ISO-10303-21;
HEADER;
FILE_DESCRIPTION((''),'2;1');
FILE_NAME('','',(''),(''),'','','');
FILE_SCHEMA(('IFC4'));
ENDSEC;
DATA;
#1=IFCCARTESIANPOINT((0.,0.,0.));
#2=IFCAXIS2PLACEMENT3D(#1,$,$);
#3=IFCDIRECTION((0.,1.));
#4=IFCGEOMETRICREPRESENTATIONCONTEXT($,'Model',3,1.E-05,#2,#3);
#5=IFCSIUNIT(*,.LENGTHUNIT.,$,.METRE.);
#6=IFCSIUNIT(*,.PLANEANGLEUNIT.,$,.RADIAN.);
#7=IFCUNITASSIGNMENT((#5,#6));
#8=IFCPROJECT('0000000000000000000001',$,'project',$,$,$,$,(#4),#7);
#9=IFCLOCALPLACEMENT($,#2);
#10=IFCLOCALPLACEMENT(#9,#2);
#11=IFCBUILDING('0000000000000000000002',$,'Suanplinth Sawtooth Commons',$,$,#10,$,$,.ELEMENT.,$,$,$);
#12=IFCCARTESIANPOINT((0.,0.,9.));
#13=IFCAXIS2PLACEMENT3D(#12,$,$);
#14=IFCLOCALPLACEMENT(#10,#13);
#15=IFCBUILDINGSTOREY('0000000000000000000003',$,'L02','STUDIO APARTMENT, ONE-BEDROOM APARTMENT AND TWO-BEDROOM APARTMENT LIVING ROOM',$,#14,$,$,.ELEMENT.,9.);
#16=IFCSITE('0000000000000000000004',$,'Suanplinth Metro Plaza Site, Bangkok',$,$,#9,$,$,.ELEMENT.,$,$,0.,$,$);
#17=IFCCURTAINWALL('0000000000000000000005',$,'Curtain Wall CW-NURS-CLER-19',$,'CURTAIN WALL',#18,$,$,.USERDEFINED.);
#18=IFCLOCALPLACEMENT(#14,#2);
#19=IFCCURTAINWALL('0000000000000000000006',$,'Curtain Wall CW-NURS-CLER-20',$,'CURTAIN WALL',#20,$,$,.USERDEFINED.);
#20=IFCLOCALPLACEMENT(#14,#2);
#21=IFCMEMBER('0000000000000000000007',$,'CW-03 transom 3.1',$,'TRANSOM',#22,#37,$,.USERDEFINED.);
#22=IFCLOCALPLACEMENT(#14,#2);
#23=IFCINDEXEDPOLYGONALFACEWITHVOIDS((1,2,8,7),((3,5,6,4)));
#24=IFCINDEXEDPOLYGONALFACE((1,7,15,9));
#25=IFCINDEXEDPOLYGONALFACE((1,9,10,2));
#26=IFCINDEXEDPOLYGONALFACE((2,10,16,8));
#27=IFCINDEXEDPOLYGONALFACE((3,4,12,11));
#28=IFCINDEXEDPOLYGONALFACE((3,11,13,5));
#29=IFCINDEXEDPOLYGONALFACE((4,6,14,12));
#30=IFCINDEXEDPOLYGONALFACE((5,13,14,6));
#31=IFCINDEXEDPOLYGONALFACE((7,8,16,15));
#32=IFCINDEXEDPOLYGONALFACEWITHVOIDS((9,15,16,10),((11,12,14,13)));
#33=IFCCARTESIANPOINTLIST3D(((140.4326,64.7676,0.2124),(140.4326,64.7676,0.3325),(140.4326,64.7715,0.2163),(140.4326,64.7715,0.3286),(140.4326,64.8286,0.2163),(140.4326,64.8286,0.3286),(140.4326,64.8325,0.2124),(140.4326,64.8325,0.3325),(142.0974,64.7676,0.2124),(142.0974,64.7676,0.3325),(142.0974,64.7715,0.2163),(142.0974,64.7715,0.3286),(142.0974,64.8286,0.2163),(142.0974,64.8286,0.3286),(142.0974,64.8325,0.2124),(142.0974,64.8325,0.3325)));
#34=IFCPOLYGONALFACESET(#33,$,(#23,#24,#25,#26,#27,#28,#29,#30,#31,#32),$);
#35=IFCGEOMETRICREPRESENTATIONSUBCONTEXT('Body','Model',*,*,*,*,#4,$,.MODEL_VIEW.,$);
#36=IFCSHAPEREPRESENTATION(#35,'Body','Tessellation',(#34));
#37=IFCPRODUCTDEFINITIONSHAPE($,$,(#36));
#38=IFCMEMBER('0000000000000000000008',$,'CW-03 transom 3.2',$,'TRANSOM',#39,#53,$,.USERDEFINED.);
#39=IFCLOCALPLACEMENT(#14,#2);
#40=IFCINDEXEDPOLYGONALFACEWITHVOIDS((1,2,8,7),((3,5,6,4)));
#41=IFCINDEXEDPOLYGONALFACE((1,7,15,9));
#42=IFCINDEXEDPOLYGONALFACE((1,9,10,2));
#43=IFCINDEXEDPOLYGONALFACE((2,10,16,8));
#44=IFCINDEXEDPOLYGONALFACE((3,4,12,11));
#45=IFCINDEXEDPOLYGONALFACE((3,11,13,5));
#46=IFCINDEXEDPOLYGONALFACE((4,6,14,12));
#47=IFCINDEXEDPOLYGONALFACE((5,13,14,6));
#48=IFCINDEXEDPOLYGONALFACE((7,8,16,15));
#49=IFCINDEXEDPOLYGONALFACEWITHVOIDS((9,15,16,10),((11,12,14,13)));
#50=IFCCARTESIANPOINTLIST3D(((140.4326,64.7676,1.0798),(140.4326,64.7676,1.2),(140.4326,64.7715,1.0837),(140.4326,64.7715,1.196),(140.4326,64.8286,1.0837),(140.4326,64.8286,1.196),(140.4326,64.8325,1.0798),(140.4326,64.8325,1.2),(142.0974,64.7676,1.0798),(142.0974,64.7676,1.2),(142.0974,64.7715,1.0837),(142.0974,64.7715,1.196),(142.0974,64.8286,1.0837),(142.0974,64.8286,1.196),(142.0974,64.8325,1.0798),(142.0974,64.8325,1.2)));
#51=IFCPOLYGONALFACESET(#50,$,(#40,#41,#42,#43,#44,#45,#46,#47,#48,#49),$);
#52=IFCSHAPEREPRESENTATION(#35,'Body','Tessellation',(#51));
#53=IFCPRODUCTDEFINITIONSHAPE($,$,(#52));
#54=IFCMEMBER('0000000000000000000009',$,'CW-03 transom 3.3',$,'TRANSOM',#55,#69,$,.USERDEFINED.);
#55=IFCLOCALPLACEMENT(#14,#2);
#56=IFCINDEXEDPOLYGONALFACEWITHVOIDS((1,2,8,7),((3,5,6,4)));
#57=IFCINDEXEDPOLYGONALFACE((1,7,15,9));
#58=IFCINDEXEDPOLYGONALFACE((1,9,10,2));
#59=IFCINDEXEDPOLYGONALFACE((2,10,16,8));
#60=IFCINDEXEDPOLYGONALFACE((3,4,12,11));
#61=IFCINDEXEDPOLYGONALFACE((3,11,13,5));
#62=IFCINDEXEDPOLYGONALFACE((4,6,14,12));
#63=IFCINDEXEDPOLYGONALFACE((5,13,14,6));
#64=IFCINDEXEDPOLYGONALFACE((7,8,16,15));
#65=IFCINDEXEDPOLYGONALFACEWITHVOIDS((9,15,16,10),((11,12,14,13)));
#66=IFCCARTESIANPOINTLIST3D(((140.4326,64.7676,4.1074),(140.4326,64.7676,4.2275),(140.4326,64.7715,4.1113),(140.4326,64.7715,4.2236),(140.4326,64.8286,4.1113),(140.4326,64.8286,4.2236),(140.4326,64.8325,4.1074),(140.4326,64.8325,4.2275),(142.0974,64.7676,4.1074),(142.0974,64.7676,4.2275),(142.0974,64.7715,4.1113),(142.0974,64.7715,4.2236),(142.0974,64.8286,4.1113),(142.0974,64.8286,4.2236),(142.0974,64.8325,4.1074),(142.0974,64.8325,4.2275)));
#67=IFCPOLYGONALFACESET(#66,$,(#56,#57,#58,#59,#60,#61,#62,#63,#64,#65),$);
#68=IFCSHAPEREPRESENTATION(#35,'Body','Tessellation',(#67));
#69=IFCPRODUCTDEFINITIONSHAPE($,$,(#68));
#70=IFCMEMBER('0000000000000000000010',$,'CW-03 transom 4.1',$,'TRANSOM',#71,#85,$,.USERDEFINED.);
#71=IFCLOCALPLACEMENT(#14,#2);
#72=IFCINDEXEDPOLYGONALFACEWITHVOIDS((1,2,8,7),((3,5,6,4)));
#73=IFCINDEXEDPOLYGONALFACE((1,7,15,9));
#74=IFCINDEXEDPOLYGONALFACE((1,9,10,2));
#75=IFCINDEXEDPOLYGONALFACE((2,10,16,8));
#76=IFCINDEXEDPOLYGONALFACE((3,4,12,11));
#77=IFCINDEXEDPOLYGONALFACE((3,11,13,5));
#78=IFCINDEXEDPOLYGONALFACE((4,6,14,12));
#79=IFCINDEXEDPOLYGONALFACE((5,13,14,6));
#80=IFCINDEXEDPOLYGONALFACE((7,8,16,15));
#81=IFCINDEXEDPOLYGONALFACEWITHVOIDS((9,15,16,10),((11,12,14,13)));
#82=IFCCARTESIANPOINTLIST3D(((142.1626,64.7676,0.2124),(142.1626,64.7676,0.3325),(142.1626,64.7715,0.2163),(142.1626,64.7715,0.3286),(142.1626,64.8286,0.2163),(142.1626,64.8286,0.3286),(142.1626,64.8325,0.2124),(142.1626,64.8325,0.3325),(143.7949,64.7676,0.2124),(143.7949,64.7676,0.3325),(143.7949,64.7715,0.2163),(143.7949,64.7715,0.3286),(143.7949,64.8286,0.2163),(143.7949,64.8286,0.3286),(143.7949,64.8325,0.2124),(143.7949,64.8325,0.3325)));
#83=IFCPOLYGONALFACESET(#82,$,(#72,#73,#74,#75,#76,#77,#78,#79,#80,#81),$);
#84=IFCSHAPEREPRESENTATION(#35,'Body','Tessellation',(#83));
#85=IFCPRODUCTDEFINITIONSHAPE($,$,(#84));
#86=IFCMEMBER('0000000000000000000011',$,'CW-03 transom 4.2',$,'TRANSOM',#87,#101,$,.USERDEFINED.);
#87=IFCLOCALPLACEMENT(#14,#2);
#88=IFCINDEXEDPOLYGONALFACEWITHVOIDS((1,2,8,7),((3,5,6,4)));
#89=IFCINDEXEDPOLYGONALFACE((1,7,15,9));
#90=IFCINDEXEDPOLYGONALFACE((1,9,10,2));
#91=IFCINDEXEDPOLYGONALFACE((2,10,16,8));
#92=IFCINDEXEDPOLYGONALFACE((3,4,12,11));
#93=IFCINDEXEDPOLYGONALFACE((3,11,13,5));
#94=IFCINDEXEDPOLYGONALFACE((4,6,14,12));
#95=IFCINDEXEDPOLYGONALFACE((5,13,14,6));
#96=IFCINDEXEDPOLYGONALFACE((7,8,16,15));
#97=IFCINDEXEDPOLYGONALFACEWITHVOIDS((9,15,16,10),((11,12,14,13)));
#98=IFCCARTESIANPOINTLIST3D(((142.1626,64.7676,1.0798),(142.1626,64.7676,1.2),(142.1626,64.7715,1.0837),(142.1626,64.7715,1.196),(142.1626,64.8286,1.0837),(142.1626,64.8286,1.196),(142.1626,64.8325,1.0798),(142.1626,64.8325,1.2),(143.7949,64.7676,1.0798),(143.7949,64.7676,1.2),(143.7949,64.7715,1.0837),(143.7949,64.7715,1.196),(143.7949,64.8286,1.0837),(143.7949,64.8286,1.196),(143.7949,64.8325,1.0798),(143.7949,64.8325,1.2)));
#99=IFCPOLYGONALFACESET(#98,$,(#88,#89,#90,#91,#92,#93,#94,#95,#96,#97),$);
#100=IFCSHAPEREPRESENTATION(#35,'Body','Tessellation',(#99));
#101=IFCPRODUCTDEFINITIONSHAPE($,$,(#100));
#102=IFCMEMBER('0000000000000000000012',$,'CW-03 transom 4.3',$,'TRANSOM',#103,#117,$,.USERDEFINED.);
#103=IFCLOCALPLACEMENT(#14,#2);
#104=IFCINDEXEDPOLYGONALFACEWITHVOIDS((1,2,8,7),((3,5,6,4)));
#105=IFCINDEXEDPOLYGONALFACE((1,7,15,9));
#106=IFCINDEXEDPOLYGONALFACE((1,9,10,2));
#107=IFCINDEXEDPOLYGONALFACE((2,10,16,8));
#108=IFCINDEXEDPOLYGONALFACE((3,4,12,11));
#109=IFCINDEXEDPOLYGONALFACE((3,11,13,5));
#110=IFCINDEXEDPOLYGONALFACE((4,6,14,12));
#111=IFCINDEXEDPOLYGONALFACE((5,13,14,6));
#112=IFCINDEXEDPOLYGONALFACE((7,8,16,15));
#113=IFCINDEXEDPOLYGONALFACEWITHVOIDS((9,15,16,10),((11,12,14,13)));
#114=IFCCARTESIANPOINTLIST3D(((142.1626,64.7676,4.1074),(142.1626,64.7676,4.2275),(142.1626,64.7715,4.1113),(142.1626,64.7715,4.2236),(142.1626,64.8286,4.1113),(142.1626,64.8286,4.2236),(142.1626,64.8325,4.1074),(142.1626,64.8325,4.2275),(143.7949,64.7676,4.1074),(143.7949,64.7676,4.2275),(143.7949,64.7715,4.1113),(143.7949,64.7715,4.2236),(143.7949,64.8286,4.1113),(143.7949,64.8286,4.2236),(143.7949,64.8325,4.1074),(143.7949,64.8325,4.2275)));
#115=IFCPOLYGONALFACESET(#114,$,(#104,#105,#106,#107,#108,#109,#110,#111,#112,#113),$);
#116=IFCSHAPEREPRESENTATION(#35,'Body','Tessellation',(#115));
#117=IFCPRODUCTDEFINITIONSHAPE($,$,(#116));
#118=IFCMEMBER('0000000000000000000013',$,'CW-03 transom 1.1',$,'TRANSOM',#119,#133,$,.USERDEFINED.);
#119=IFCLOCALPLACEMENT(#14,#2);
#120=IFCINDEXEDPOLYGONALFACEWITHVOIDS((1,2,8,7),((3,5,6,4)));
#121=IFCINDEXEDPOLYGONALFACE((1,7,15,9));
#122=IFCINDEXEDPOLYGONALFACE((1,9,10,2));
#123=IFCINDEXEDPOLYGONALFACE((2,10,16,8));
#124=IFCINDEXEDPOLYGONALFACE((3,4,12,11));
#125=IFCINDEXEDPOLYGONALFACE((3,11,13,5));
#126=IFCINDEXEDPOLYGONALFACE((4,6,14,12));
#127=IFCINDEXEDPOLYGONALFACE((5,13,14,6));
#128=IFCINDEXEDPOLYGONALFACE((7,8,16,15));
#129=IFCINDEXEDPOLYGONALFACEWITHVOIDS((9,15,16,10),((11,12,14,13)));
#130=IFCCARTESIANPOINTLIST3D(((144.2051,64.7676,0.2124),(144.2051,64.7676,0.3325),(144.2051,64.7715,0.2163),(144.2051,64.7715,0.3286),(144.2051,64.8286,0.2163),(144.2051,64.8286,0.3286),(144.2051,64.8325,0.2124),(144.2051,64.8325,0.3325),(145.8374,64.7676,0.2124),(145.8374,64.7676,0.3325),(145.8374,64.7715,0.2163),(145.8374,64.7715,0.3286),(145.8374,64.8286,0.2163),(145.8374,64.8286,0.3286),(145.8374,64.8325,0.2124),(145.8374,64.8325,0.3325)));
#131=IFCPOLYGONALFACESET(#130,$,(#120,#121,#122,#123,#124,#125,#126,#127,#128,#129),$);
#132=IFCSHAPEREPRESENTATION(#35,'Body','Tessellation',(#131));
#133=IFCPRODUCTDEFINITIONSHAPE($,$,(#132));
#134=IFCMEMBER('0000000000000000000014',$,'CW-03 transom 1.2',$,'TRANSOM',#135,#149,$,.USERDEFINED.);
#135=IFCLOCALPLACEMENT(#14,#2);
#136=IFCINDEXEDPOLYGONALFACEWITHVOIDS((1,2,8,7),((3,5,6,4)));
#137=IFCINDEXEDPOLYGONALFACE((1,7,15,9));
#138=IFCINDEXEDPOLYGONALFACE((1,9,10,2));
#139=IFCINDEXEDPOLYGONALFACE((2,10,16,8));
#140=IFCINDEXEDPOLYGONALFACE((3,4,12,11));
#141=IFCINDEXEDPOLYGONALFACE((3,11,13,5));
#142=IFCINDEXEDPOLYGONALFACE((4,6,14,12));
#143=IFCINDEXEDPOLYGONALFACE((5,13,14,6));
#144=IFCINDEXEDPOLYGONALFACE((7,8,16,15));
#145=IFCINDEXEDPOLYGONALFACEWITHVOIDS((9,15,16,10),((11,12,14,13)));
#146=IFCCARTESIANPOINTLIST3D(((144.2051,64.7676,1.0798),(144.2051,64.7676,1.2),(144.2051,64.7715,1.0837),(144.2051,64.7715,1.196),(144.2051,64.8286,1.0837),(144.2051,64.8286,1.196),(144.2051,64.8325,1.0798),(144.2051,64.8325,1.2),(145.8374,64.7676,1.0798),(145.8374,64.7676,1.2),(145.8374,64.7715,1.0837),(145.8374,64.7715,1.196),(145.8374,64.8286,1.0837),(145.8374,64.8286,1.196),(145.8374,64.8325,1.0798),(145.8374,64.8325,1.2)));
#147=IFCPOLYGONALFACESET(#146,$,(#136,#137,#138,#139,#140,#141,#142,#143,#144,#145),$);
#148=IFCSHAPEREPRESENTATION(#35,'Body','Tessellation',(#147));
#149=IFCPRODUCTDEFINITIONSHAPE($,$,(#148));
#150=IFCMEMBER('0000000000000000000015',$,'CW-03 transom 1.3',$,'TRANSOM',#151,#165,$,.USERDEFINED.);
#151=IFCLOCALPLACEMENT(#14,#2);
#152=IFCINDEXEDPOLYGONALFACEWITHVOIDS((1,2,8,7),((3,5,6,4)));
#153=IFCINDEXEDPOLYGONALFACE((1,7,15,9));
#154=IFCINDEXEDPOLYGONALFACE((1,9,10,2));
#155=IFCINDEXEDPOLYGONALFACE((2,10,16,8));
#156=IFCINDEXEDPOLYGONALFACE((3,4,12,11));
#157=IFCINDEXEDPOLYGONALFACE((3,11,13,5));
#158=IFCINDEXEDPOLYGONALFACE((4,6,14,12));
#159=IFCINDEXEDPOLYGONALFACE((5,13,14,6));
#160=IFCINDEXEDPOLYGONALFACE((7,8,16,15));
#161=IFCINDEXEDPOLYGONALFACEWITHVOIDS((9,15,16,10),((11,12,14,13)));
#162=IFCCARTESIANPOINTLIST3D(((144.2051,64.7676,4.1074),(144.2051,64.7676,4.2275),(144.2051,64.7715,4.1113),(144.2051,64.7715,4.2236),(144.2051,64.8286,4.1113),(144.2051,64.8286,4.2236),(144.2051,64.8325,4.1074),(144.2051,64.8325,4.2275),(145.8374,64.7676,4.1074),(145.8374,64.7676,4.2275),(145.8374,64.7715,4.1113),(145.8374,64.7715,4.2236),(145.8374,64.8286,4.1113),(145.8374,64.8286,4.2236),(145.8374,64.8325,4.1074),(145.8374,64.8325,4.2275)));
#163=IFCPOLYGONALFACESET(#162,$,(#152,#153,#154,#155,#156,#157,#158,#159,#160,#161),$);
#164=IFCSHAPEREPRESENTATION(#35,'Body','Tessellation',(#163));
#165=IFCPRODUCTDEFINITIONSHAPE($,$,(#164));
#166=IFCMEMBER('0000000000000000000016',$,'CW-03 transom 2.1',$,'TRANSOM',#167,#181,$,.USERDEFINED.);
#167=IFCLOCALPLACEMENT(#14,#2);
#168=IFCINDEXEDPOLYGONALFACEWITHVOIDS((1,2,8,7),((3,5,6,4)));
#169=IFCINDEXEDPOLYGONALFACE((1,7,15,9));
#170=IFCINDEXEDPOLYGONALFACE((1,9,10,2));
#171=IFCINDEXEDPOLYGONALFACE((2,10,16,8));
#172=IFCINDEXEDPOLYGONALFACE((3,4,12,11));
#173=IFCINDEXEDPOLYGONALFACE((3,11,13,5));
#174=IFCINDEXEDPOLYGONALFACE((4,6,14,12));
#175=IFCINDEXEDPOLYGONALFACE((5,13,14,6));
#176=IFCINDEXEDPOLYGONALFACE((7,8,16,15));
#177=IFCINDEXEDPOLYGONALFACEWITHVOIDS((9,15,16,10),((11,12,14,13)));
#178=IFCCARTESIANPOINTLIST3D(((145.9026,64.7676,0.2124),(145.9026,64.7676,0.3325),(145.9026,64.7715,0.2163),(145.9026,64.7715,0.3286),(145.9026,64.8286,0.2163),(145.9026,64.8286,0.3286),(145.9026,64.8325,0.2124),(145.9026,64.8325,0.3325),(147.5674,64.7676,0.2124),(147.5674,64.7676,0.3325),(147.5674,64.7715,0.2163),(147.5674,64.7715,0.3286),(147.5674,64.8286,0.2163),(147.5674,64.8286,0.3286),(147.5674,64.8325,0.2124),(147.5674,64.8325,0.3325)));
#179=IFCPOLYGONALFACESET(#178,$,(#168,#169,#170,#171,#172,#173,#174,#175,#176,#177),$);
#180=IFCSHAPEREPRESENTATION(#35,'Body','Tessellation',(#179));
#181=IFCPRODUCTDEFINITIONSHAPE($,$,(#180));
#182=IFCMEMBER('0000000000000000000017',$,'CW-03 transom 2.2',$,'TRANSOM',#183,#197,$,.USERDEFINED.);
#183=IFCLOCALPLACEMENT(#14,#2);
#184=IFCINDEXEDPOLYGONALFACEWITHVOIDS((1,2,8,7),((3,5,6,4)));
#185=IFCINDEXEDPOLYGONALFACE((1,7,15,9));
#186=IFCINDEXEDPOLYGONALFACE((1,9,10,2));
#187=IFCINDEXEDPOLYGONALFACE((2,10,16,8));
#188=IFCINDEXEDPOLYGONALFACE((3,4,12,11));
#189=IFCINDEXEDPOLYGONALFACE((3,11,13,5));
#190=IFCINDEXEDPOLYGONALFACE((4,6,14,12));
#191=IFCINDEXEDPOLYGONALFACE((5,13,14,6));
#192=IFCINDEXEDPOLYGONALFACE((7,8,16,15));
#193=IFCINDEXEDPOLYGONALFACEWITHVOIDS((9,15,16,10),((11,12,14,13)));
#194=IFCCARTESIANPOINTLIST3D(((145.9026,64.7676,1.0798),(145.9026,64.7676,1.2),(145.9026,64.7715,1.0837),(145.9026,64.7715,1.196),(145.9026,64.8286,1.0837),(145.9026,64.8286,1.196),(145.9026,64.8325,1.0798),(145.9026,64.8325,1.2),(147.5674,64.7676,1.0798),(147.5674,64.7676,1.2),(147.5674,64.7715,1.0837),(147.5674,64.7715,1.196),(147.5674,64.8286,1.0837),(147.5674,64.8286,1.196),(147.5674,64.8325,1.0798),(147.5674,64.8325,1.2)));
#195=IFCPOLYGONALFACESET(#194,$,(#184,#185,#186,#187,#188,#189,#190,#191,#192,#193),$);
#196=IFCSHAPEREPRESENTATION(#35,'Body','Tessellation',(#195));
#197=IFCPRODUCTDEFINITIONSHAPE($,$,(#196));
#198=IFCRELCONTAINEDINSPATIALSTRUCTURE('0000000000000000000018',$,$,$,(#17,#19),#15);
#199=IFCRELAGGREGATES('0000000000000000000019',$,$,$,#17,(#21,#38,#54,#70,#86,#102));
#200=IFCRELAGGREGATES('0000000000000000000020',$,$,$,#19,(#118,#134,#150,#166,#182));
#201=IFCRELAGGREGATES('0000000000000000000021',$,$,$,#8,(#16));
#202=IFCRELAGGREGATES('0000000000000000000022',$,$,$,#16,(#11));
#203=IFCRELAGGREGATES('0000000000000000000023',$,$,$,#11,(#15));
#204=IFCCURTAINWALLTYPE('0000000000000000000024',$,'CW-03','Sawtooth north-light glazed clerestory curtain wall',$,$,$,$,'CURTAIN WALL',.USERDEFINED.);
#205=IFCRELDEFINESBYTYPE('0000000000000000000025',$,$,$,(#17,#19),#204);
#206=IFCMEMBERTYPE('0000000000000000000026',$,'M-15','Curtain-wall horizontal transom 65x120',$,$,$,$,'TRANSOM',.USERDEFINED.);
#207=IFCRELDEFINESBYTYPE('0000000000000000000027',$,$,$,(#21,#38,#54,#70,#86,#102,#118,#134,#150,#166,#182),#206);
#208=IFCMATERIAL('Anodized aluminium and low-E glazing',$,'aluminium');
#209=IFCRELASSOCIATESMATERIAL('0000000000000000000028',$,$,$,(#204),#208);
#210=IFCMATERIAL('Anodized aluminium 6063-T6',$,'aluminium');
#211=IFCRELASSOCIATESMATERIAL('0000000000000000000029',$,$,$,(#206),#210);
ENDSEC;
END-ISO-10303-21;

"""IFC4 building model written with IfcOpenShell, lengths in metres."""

from ifc_helpers import new_model, si_unit, direction, frame, origin, origin_2d, place, context, subcontext, project, spatial, hollow_rectangle, extrude, material, material_profile, profile_set, type_object, element, aggregate, save


model = new_model("IFC4")

# Units and contexts
model_context = context("Model", 3, precision=1e-05, world=origin(), true_north=direction((0.0, 1.0)))
body_context = subcontext(model_context, "Body", "Model", "MODEL_VIEW")
ifc_project = project(units=[si_unit("LENGTHUNIT", "METRE"), si_unit("PLANEANGLEUNIT", "RADIAN")], contexts=[model_context])

# Site, building, storey
site_placement = place(None, origin())
site = spatial("IfcSite", under=ifc_project, at=site_placement, Name="Suanplinth Metro Plaza Site, Bangkok", CompositionType="ELEMENT", RefElevation=0.0)
building_placement = place(site_placement, origin())
building = spatial("IfcBuilding", under=site, at=building_placement, Name="Suanplinth Sawtooth Commons", CompositionType="ELEMENT")
storey_placement = place(building_placement, frame((0.0, 0.0, 9.0)))
storey = spatial("IfcBuildingStorey", under=building, at=storey_placement, Name="L02", Description="STUDIO APARTMENT, ONE-BEDROOM APARTMENT AND TWO-BEDROOM APARTMENT LIVING ROOM", CompositionType="ELEMENT", Elevation=9.0)

# Curtain walls
ifc_material_1 = material(Name="Anodized aluminium and low-E glazing", Category="aluminium")
curtain_wall_type = type_object("IfcCurtainWallType", Name="CW-03", Description="Sawtooth north-light glazed clerestory curtain wall", ElementType="CURTAIN WALL", PredefinedType="USERDEFINED", material=ifc_material_1)
curtain_wall_1_placement = place(storey_placement, origin())
curtain_wall_1 = element("IfcCurtainWall", 1, at=curtain_wall_1_placement, inside=storey, type_object=curtain_wall_type, Name="Curtain Wall CW-NURS-CLER-19", ObjectType="CURTAIN WALL", PredefinedType="USERDEFINED")
ifc_material_2 = material(Name="Anodized aluminium 6063-T6", Category="aluminium")
curtain_wall_2_placement = place(storey_placement, origin())
curtain_wall_2 = element("IfcCurtainWall", 2, at=curtain_wall_2_placement, inside=storey, type_object=curtain_wall_type, Name="Curtain Wall CW-NURS-CLER-20", ObjectType="CURTAIN WALL", PredefinedType="USERDEFINED")

# Members
ifc_material_profile_1 = material_profile(ifc_material_2, hollow_rectangle(XDim=0.0649, YDim=0.1201, WallThickness=0.0039, at=origin_2d()), Name="ALU-TRN 65x120")
ifc_profile_set_1 = profile_set([ifc_material_profile_1], Name="Anodized aluminium 6063-T6")
member_type_1 = type_object("IfcMemberType", Name="M-15", Description="Curtain-wall horizontal transom 65x120", ElementType="TRANSOM", PredefinedType="USERDEFINED", material=ifc_profile_set_1)
member_1_placement = place(storey_placement, frame((140.4326, 64.8, 0.2725), z_axis=(1.0, 0.0, 0.0), x_axis=(0.0, 1.0, 0.0)))
member_1 = element("IfcMember", 3, at=member_1_placement, type_object=member_type_1, Name="CW-03 transom 3.1", ObjectType="TRANSOM", PredefinedType="USERDEFINED", context=body_context, shape_type="SweptSolid", body=[
    extrude(hollow_rectangle(XDim=0.0649, YDim=0.1201, WallThickness=0.0039, at=origin_2d()), origin(), (0.0, 0.0, 1.0), 1.6648),
])
member_2_placement = place(storey_placement, frame((140.4326, 64.8, 1.1399), z_axis=(1.0, 0.0, 0.0), x_axis=(0.0, 1.0, 0.0)))
member_2 = element("IfcMember", 4, at=member_2_placement, type_object=member_type_1, Name="CW-03 transom 3.2", ObjectType="TRANSOM", PredefinedType="USERDEFINED", context=body_context, shape_type="SweptSolid", body=[
    extrude(hollow_rectangle(XDim=0.0649, YDim=0.1201, WallThickness=0.0039, at=origin_2d()), origin(), (0.0, 0.0, 1.0), 1.6648),
])
member_3_placement = place(storey_placement, frame((140.4326, 64.8, 4.1675), z_axis=(1.0, 0.0, 0.0), x_axis=(0.0, 1.0, 0.0)))
member_3 = element("IfcMember", 5, at=member_3_placement, type_object=member_type_1, Name="CW-03 transom 3.3", ObjectType="TRANSOM", PredefinedType="USERDEFINED", context=body_context, shape_type="SweptSolid", body=[
    extrude(hollow_rectangle(XDim=0.0649, YDim=0.1201, WallThickness=0.0039, at=origin_2d()), origin(), (0.0, 0.0, 1.0), 1.6648),
])
member_4_placement = place(storey_placement, frame((142.1626, 64.8, 0.2725), z_axis=(1.0, 0.0, 0.0), x_axis=(0.0, 1.0, 0.0)))
member_4 = element("IfcMember", 6, at=member_4_placement, type_object=member_type_1, Name="CW-03 transom 4.1", ObjectType="TRANSOM", PredefinedType="USERDEFINED", context=body_context, shape_type="SweptSolid", body=[
    extrude(hollow_rectangle(XDim=0.0649, YDim=0.1201, WallThickness=0.0039, at=origin_2d()), origin(), (0.0, 0.0, 1.0), 1.6323),
])
member_5_placement = place(storey_placement, frame((142.1626, 64.8, 1.1399), z_axis=(1.0, 0.0, 0.0), x_axis=(0.0, 1.0, 0.0)))
member_5 = element("IfcMember", 7, at=member_5_placement, type_object=member_type_1, Name="CW-03 transom 4.2", ObjectType="TRANSOM", PredefinedType="USERDEFINED", context=body_context, shape_type="SweptSolid", body=[
    extrude(hollow_rectangle(XDim=0.0649, YDim=0.1201, WallThickness=0.0039, at=origin_2d()), origin(), (0.0, 0.0, 1.0), 1.6323),
])
member_6_placement = place(storey_placement, frame((142.1626, 64.8, 4.1675), z_axis=(1.0, 0.0, 0.0), x_axis=(0.0, 1.0, 0.0)))
member_6 = element("IfcMember", 8, at=member_6_placement, type_object=member_type_1, Name="CW-03 transom 4.3", ObjectType="TRANSOM", PredefinedType="USERDEFINED", context=body_context, shape_type="SweptSolid", body=[
    extrude(hollow_rectangle(XDim=0.0649, YDim=0.1201, WallThickness=0.0039, at=origin_2d()), origin(), (0.0, 0.0, 1.0), 1.6323),
])
member_7_placement = place(storey_placement, frame((144.2051, 64.8, 0.2725), z_axis=(1.0, 0.0, 0.0), x_axis=(0.0, 1.0, 0.0)))
member_7 = element("IfcMember", 9, at=member_7_placement, type_object=member_type_1, Name="CW-03 transom 1.1", ObjectType="TRANSOM", PredefinedType="USERDEFINED", context=body_context, shape_type="SweptSolid", body=[
    extrude(hollow_rectangle(XDim=0.0649, YDim=0.1201, WallThickness=0.0039, at=origin_2d()), origin(), (0.0, 0.0, 1.0), 1.6323),
])
member_8_placement = place(storey_placement, frame((144.2051, 64.8, 1.1399), z_axis=(1.0, 0.0, 0.0), x_axis=(0.0, 1.0, 0.0)))
member_8 = element("IfcMember", 10, at=member_8_placement, type_object=member_type_1, Name="CW-03 transom 1.2", ObjectType="TRANSOM", PredefinedType="USERDEFINED", context=body_context, shape_type="SweptSolid", body=[
    extrude(hollow_rectangle(XDim=0.0649, YDim=0.1201, WallThickness=0.0039, at=origin_2d()), origin(), (0.0, 0.0, 1.0), 1.6323),
])
member_9_placement = place(storey_placement, frame((144.2051, 64.8, 4.1675), z_axis=(1.0, 0.0, 0.0), x_axis=(0.0, 1.0, 0.0)))
member_9 = element("IfcMember", 11, at=member_9_placement, type_object=member_type_1, Name="CW-03 transom 1.3", ObjectType="TRANSOM", PredefinedType="USERDEFINED", context=body_context, shape_type="SweptSolid", body=[
    extrude(hollow_rectangle(XDim=0.0649, YDim=0.1201, WallThickness=0.0039, at=origin_2d()), origin(), (0.0, 0.0, 1.0), 1.6323),
])
member_10_placement = place(storey_placement, frame((145.9026, 64.8, 0.2725), z_axis=(1.0, 0.0, 0.0), x_axis=(0.0, 1.0, 0.0)))
member_10 = element("IfcMember", 12, at=member_10_placement, type_object=member_type_1, Name="CW-03 transom 2.1", ObjectType="TRANSOM", PredefinedType="USERDEFINED", context=body_context, shape_type="SweptSolid", body=[
    extrude(hollow_rectangle(XDim=0.0649, YDim=0.1201, WallThickness=0.0039, at=origin_2d()), origin(), (0.0, 0.0, 1.0), 1.6648),
])
member_11_placement = place(storey_placement, frame((145.9026, 64.8, 1.1399), z_axis=(1.0, 0.0, 0.0), x_axis=(0.0, 1.0, 0.0)))
member_11 = element("IfcMember", 13, at=member_11_placement, type_object=member_type_1, Name="CW-03 transom 2.2", ObjectType="TRANSOM", PredefinedType="USERDEFINED", context=body_context, shape_type="SweptSolid", body=[
    extrude(hollow_rectangle(XDim=0.0649, YDim=0.1201, WallThickness=0.0039, at=origin_2d()), origin(), (0.0, 0.0, 1.0), 1.6648),
])

aggregate(curtain_wall_1, [member_1, member_2, member_3, member_4, member_5, member_6])
aggregate(curtain_wall_2, [member_7, member_8, member_9, member_10, member_11])

save(model, "model.ifc")
